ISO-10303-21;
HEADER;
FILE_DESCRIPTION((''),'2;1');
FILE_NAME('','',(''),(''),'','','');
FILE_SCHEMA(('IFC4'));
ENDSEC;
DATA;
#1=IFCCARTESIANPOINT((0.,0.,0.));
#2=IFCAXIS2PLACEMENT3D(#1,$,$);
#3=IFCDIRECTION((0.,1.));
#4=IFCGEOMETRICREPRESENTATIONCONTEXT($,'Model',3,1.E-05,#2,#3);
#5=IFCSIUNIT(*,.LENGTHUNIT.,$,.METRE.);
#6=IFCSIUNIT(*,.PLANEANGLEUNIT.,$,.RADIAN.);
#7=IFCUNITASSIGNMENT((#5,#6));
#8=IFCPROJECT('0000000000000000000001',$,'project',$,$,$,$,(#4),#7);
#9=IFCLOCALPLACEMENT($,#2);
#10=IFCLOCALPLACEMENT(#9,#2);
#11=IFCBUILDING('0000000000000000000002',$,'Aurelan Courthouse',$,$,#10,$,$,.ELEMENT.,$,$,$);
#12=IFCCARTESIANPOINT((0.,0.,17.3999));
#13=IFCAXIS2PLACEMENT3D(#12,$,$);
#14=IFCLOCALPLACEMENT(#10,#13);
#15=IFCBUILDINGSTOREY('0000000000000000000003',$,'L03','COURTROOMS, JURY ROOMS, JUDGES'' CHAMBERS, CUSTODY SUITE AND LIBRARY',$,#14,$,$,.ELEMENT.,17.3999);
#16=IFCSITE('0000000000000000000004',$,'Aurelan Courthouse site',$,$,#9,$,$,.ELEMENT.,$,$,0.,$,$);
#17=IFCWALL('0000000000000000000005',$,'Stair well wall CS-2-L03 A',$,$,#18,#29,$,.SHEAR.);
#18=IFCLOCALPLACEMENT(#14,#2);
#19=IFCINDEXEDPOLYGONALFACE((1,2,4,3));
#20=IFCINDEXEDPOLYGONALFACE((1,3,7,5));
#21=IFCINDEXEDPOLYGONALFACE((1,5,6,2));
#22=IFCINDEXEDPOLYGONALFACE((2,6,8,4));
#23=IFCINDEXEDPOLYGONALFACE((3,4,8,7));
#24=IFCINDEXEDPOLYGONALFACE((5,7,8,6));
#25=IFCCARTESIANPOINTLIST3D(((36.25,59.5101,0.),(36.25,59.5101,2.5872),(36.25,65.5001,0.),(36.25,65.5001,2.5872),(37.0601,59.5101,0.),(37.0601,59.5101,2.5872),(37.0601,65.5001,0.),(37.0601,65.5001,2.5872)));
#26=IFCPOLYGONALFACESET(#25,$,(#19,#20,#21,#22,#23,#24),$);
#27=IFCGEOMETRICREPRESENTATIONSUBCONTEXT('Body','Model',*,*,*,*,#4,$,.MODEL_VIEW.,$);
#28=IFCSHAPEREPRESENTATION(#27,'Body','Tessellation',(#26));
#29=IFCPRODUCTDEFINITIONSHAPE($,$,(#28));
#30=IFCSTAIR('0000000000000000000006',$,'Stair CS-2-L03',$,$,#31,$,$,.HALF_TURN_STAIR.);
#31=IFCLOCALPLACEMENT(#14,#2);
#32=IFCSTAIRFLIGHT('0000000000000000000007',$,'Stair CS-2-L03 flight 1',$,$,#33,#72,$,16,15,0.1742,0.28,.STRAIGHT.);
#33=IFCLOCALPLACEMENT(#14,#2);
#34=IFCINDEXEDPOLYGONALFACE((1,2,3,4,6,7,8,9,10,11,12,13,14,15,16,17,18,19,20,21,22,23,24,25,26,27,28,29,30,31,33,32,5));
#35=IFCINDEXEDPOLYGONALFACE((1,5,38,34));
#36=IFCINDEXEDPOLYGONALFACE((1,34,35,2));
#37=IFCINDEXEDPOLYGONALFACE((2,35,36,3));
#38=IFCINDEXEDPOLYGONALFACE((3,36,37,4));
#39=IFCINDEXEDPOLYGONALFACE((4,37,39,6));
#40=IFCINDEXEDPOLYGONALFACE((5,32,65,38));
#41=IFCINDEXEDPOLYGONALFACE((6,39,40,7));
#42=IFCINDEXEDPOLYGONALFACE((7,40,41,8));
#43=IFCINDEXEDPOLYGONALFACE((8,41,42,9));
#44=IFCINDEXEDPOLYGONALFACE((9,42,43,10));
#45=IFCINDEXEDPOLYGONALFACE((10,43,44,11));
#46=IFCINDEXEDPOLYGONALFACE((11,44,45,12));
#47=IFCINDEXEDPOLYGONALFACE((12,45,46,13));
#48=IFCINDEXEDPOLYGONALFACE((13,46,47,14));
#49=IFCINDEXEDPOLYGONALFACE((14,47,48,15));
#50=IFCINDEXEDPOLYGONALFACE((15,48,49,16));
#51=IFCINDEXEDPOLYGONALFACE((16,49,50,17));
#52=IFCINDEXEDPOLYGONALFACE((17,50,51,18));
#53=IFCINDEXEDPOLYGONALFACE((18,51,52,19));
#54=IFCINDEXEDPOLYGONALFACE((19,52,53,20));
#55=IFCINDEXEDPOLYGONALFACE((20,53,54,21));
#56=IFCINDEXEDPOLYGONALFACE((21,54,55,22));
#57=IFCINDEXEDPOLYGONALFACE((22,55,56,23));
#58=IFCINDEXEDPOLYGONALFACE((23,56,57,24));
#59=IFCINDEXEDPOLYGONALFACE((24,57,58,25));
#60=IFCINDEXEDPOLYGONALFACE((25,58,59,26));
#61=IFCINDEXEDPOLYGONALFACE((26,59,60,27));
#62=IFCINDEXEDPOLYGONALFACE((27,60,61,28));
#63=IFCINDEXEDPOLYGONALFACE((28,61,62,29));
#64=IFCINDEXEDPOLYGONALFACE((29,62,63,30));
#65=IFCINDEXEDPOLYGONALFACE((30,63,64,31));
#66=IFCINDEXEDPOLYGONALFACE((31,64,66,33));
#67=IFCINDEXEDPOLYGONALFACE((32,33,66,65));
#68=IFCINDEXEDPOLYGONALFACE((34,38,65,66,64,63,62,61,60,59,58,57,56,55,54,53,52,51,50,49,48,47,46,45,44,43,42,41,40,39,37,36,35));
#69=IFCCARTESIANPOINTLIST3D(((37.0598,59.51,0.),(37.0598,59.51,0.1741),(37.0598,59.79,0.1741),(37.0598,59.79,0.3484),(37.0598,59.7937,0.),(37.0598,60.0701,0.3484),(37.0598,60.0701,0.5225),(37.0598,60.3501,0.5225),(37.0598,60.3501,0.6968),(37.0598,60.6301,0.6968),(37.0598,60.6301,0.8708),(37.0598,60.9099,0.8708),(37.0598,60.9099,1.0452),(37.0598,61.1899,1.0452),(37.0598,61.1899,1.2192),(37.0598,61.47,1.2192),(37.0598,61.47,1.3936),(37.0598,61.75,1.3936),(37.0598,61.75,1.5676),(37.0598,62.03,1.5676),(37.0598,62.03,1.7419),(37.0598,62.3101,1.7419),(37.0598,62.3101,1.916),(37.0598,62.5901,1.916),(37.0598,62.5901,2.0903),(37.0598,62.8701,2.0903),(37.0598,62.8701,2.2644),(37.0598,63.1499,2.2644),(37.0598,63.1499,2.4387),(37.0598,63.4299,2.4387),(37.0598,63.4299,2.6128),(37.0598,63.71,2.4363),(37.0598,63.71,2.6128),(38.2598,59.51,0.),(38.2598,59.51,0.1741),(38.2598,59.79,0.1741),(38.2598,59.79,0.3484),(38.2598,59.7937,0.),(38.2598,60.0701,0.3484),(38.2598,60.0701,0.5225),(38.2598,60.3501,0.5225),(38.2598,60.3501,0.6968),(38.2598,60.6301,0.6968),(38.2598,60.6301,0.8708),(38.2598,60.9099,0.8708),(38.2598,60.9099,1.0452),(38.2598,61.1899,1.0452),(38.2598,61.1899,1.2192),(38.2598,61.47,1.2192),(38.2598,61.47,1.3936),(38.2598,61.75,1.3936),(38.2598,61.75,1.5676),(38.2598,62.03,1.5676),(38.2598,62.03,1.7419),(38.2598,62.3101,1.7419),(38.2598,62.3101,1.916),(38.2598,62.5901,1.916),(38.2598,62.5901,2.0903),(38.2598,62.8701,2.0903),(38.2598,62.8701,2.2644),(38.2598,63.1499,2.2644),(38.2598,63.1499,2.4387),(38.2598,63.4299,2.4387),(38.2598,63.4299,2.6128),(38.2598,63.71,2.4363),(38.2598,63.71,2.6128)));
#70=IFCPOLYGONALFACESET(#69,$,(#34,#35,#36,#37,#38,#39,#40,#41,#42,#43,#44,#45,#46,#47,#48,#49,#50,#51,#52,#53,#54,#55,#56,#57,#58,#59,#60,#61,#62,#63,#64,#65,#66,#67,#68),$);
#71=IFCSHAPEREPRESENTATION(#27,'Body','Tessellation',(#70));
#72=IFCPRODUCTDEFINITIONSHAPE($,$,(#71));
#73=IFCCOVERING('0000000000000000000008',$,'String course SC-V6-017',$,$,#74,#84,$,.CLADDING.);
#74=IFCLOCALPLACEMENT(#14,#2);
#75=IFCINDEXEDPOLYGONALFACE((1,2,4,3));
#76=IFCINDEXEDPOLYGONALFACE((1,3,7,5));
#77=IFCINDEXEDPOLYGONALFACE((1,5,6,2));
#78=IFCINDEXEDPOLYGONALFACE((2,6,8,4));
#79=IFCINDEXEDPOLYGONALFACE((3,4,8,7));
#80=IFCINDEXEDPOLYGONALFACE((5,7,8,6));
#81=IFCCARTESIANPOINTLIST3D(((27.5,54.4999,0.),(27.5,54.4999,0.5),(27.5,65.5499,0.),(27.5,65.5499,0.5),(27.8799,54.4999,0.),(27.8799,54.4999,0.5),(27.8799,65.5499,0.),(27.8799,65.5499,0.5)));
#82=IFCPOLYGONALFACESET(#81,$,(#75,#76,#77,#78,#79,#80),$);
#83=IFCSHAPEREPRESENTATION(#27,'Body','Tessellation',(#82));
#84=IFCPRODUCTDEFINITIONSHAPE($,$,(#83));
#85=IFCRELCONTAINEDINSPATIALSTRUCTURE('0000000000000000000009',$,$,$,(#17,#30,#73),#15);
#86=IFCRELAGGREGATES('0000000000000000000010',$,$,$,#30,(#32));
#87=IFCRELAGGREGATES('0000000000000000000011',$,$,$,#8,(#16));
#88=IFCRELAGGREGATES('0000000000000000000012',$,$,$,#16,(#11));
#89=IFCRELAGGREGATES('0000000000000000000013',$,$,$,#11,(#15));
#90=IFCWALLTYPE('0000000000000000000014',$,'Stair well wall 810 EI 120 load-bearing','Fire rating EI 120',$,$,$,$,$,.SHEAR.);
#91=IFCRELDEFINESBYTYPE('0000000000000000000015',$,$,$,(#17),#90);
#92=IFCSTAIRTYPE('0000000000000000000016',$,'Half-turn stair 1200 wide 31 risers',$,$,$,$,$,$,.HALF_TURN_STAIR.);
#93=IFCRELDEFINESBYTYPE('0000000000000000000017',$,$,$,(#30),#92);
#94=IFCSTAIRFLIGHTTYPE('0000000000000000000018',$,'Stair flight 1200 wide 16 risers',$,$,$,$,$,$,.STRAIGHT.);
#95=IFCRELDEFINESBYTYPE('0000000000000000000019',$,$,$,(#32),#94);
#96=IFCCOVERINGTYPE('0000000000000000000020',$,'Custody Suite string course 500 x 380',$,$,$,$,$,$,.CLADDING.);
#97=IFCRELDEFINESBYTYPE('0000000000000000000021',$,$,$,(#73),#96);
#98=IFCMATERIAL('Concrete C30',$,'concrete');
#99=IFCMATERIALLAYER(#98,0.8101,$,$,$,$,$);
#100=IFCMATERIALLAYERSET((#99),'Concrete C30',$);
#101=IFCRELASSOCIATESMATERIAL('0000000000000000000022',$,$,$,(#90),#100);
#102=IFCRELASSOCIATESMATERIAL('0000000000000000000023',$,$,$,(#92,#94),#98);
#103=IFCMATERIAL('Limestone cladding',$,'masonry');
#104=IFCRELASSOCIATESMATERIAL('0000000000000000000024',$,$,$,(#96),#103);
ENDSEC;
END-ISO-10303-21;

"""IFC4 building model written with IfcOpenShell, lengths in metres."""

from ifc_helpers import new_model, si_unit, direction, frame, frame_2d, origin, origin_2d, place, context, subcontext, project, spatial, polyline, rectangle, outline, extrude, material, layer, layer_set, type_object, element, aggregate, save


model = new_model("IFC4")

# Units and contexts
model_context = context("Model", 3, precision=1e-05, world=origin(), true_north=direction((0.0, 1.0)))
body_context = subcontext(model_context, "Body", "Model", "MODEL_VIEW")
ifc_project = project(units=[si_unit("LENGTHUNIT", "METRE"), si_unit("PLANEANGLEUNIT", "RADIAN")], contexts=[model_context])

# Site, building, storey
site_placement = place(None, origin())
site = spatial("IfcSite", under=ifc_project, at=site_placement, Name="Aurelan Courthouse site", CompositionType="ELEMENT", RefElevation=0.0)
building_placement = place(site_placement, origin())
building = spatial("IfcBuilding", under=site, at=building_placement, Name="Aurelan Courthouse", CompositionType="ELEMENT")
storey_placement = place(building_placement, frame((0.0, 0.0, 17.3999)))
storey = spatial("IfcBuildingStorey", under=building, at=storey_placement, Name="L03", Description="COURTROOMS, JURY ROOMS, JUDGES' CHAMBERS, CUSTODY SUITE AND LIBRARY", CompositionType="ELEMENT", Elevation=17.3999)

# Shared definitions
ifc_material_1 = material(Name="Limestone cladding", Category="masonry")
ifc_material_2 = material(Name="Concrete C30", Category="concrete")

# Wall
ifc_layer_1 = layer(ifc_material_2, 0.8101)
ifc_layer_set_1 = layer_set([ifc_layer_1], Name="Concrete C30")
wall_type_1 = type_object("IfcWallType", Name="Stair well wall 810 EI 120 load-bearing", Description="Fire rating EI 120", PredefinedType="SHEAR", material=ifc_layer_set_1)
wall_1_placement = place(storey_placement, frame((36.655, 59.51, 0.0), z_axis=(0.0, 0.0, 1.0), x_axis=(0.0, 1.0, 0.0)))
element("IfcWall", 1, at=wall_1_placement, inside=storey, type_object=wall_type_1, Name="Stair well wall CS-2-L03 A", PredefinedType="SHEAR", context=body_context, shape_type="SweptSolid", body=[
    extrude(rectangle(XDim=5.99, YDim=0.8101, at=frame_2d((2.9951, 0.0))), origin(), (0.0, 0.0, 1.0), 2.5872),
])

# Stair, stair flight
stair_type = type_object("IfcStairType", Name="Half-turn stair 1200 wide 31 risers", PredefinedType="HALF_TURN_STAIR", material=ifc_material_2)
stair_placement = place(storey_placement, origin())
stair = element("IfcStair", 2, at=stair_placement, inside=storey, type_object=stair_type, Name="Stair CS-2-L03", PredefinedType="HALF_TURN_STAIR")
stair_flight_type = type_object("IfcStairFlightType", Name="Stair flight 1200 wide 16 risers", PredefinedType="STRAIGHT", material=ifc_material_2)
stair_flight_placement = place(storey_placement, frame((37.6599, 59.51, 0.0), z_axis=(0.0, 0.0, 1.0), x_axis=(0.0, 1.0, 0.0)))
stair_flight = element("IfcStairFlight", 3, at=stair_flight_placement, type_object=stair_flight_type, Name="Stair CS-2-L03 flight 1", NumberOfRisers=16, NumberOfTreads=15, PredefinedType="STRAIGHT", RiserHeight=0.1742, TreadLength=0.28, context=body_context, shape_type="SweptSolid", body=[
    extrude(outline(polyline([(0.0, 0.0), (0.0, 0.1741), (0.28, 0.1741), (0.28, 0.3484), (0.5601, 0.3484), (0.5601, 0.5225), (0.8401, 0.5225), (0.8401, 0.6968), (1.1201, 0.6968), (1.1201, 0.8708), (1.3999, 0.8708), (1.3999, 1.0452), (1.6799, 1.0452), (1.6799, 1.2192), (1.96, 1.2192), (1.96, 1.3936), (2.24, 1.3936), (2.24, 1.5676), (2.52, 1.5676), (2.52, 1.7419), (2.8, 1.7419), (2.8, 1.916), (3.0801, 1.916), (3.0801, 2.0903), (3.3601, 2.0903), (3.3601, 2.2644), (3.6399, 2.2644), (3.6399, 2.4387), (3.9199, 2.4387), (3.9199, 2.6128), (4.2, 2.6128), (4.2, 2.7871), (4.2, 2.4363), (0.2837, 0.0), (0.0, 0.0)])), frame((0.0, 0.6001, 0.0), z_axis=(0.0, -1.0, 0.0), x_axis=(1.0, 0.0, 0.0)), (0.0, 0.0, 1.0), 1.2),
])
aggregate(stair, [stair_flight])

# Covering
covering_type_1 = type_object("IfcCoveringType", Name="Custody Suite string course 500 x 380", PredefinedType="CLADDING", material=ifc_material_1)
covering_placement = place(storey_placement, frame((27.6899, 60.0249, 0.0), z_axis=(0.0, 0.0, 1.0), x_axis=(1.0, 0.0, 0.0)))
element("IfcCovering", 4, at=covering_placement, inside=storey, type_object=covering_type_1, Name="String course SC-V6-017", PredefinedType="CLADDING", context=body_context, shape_type="SweptSolid", body=[
    extrude(rectangle(XDim=0.3799, YDim=11.05, at=origin_2d()), origin(), (0.0, 0.0, 1.0), 0.5),
])

save(model, "model.ifc")
